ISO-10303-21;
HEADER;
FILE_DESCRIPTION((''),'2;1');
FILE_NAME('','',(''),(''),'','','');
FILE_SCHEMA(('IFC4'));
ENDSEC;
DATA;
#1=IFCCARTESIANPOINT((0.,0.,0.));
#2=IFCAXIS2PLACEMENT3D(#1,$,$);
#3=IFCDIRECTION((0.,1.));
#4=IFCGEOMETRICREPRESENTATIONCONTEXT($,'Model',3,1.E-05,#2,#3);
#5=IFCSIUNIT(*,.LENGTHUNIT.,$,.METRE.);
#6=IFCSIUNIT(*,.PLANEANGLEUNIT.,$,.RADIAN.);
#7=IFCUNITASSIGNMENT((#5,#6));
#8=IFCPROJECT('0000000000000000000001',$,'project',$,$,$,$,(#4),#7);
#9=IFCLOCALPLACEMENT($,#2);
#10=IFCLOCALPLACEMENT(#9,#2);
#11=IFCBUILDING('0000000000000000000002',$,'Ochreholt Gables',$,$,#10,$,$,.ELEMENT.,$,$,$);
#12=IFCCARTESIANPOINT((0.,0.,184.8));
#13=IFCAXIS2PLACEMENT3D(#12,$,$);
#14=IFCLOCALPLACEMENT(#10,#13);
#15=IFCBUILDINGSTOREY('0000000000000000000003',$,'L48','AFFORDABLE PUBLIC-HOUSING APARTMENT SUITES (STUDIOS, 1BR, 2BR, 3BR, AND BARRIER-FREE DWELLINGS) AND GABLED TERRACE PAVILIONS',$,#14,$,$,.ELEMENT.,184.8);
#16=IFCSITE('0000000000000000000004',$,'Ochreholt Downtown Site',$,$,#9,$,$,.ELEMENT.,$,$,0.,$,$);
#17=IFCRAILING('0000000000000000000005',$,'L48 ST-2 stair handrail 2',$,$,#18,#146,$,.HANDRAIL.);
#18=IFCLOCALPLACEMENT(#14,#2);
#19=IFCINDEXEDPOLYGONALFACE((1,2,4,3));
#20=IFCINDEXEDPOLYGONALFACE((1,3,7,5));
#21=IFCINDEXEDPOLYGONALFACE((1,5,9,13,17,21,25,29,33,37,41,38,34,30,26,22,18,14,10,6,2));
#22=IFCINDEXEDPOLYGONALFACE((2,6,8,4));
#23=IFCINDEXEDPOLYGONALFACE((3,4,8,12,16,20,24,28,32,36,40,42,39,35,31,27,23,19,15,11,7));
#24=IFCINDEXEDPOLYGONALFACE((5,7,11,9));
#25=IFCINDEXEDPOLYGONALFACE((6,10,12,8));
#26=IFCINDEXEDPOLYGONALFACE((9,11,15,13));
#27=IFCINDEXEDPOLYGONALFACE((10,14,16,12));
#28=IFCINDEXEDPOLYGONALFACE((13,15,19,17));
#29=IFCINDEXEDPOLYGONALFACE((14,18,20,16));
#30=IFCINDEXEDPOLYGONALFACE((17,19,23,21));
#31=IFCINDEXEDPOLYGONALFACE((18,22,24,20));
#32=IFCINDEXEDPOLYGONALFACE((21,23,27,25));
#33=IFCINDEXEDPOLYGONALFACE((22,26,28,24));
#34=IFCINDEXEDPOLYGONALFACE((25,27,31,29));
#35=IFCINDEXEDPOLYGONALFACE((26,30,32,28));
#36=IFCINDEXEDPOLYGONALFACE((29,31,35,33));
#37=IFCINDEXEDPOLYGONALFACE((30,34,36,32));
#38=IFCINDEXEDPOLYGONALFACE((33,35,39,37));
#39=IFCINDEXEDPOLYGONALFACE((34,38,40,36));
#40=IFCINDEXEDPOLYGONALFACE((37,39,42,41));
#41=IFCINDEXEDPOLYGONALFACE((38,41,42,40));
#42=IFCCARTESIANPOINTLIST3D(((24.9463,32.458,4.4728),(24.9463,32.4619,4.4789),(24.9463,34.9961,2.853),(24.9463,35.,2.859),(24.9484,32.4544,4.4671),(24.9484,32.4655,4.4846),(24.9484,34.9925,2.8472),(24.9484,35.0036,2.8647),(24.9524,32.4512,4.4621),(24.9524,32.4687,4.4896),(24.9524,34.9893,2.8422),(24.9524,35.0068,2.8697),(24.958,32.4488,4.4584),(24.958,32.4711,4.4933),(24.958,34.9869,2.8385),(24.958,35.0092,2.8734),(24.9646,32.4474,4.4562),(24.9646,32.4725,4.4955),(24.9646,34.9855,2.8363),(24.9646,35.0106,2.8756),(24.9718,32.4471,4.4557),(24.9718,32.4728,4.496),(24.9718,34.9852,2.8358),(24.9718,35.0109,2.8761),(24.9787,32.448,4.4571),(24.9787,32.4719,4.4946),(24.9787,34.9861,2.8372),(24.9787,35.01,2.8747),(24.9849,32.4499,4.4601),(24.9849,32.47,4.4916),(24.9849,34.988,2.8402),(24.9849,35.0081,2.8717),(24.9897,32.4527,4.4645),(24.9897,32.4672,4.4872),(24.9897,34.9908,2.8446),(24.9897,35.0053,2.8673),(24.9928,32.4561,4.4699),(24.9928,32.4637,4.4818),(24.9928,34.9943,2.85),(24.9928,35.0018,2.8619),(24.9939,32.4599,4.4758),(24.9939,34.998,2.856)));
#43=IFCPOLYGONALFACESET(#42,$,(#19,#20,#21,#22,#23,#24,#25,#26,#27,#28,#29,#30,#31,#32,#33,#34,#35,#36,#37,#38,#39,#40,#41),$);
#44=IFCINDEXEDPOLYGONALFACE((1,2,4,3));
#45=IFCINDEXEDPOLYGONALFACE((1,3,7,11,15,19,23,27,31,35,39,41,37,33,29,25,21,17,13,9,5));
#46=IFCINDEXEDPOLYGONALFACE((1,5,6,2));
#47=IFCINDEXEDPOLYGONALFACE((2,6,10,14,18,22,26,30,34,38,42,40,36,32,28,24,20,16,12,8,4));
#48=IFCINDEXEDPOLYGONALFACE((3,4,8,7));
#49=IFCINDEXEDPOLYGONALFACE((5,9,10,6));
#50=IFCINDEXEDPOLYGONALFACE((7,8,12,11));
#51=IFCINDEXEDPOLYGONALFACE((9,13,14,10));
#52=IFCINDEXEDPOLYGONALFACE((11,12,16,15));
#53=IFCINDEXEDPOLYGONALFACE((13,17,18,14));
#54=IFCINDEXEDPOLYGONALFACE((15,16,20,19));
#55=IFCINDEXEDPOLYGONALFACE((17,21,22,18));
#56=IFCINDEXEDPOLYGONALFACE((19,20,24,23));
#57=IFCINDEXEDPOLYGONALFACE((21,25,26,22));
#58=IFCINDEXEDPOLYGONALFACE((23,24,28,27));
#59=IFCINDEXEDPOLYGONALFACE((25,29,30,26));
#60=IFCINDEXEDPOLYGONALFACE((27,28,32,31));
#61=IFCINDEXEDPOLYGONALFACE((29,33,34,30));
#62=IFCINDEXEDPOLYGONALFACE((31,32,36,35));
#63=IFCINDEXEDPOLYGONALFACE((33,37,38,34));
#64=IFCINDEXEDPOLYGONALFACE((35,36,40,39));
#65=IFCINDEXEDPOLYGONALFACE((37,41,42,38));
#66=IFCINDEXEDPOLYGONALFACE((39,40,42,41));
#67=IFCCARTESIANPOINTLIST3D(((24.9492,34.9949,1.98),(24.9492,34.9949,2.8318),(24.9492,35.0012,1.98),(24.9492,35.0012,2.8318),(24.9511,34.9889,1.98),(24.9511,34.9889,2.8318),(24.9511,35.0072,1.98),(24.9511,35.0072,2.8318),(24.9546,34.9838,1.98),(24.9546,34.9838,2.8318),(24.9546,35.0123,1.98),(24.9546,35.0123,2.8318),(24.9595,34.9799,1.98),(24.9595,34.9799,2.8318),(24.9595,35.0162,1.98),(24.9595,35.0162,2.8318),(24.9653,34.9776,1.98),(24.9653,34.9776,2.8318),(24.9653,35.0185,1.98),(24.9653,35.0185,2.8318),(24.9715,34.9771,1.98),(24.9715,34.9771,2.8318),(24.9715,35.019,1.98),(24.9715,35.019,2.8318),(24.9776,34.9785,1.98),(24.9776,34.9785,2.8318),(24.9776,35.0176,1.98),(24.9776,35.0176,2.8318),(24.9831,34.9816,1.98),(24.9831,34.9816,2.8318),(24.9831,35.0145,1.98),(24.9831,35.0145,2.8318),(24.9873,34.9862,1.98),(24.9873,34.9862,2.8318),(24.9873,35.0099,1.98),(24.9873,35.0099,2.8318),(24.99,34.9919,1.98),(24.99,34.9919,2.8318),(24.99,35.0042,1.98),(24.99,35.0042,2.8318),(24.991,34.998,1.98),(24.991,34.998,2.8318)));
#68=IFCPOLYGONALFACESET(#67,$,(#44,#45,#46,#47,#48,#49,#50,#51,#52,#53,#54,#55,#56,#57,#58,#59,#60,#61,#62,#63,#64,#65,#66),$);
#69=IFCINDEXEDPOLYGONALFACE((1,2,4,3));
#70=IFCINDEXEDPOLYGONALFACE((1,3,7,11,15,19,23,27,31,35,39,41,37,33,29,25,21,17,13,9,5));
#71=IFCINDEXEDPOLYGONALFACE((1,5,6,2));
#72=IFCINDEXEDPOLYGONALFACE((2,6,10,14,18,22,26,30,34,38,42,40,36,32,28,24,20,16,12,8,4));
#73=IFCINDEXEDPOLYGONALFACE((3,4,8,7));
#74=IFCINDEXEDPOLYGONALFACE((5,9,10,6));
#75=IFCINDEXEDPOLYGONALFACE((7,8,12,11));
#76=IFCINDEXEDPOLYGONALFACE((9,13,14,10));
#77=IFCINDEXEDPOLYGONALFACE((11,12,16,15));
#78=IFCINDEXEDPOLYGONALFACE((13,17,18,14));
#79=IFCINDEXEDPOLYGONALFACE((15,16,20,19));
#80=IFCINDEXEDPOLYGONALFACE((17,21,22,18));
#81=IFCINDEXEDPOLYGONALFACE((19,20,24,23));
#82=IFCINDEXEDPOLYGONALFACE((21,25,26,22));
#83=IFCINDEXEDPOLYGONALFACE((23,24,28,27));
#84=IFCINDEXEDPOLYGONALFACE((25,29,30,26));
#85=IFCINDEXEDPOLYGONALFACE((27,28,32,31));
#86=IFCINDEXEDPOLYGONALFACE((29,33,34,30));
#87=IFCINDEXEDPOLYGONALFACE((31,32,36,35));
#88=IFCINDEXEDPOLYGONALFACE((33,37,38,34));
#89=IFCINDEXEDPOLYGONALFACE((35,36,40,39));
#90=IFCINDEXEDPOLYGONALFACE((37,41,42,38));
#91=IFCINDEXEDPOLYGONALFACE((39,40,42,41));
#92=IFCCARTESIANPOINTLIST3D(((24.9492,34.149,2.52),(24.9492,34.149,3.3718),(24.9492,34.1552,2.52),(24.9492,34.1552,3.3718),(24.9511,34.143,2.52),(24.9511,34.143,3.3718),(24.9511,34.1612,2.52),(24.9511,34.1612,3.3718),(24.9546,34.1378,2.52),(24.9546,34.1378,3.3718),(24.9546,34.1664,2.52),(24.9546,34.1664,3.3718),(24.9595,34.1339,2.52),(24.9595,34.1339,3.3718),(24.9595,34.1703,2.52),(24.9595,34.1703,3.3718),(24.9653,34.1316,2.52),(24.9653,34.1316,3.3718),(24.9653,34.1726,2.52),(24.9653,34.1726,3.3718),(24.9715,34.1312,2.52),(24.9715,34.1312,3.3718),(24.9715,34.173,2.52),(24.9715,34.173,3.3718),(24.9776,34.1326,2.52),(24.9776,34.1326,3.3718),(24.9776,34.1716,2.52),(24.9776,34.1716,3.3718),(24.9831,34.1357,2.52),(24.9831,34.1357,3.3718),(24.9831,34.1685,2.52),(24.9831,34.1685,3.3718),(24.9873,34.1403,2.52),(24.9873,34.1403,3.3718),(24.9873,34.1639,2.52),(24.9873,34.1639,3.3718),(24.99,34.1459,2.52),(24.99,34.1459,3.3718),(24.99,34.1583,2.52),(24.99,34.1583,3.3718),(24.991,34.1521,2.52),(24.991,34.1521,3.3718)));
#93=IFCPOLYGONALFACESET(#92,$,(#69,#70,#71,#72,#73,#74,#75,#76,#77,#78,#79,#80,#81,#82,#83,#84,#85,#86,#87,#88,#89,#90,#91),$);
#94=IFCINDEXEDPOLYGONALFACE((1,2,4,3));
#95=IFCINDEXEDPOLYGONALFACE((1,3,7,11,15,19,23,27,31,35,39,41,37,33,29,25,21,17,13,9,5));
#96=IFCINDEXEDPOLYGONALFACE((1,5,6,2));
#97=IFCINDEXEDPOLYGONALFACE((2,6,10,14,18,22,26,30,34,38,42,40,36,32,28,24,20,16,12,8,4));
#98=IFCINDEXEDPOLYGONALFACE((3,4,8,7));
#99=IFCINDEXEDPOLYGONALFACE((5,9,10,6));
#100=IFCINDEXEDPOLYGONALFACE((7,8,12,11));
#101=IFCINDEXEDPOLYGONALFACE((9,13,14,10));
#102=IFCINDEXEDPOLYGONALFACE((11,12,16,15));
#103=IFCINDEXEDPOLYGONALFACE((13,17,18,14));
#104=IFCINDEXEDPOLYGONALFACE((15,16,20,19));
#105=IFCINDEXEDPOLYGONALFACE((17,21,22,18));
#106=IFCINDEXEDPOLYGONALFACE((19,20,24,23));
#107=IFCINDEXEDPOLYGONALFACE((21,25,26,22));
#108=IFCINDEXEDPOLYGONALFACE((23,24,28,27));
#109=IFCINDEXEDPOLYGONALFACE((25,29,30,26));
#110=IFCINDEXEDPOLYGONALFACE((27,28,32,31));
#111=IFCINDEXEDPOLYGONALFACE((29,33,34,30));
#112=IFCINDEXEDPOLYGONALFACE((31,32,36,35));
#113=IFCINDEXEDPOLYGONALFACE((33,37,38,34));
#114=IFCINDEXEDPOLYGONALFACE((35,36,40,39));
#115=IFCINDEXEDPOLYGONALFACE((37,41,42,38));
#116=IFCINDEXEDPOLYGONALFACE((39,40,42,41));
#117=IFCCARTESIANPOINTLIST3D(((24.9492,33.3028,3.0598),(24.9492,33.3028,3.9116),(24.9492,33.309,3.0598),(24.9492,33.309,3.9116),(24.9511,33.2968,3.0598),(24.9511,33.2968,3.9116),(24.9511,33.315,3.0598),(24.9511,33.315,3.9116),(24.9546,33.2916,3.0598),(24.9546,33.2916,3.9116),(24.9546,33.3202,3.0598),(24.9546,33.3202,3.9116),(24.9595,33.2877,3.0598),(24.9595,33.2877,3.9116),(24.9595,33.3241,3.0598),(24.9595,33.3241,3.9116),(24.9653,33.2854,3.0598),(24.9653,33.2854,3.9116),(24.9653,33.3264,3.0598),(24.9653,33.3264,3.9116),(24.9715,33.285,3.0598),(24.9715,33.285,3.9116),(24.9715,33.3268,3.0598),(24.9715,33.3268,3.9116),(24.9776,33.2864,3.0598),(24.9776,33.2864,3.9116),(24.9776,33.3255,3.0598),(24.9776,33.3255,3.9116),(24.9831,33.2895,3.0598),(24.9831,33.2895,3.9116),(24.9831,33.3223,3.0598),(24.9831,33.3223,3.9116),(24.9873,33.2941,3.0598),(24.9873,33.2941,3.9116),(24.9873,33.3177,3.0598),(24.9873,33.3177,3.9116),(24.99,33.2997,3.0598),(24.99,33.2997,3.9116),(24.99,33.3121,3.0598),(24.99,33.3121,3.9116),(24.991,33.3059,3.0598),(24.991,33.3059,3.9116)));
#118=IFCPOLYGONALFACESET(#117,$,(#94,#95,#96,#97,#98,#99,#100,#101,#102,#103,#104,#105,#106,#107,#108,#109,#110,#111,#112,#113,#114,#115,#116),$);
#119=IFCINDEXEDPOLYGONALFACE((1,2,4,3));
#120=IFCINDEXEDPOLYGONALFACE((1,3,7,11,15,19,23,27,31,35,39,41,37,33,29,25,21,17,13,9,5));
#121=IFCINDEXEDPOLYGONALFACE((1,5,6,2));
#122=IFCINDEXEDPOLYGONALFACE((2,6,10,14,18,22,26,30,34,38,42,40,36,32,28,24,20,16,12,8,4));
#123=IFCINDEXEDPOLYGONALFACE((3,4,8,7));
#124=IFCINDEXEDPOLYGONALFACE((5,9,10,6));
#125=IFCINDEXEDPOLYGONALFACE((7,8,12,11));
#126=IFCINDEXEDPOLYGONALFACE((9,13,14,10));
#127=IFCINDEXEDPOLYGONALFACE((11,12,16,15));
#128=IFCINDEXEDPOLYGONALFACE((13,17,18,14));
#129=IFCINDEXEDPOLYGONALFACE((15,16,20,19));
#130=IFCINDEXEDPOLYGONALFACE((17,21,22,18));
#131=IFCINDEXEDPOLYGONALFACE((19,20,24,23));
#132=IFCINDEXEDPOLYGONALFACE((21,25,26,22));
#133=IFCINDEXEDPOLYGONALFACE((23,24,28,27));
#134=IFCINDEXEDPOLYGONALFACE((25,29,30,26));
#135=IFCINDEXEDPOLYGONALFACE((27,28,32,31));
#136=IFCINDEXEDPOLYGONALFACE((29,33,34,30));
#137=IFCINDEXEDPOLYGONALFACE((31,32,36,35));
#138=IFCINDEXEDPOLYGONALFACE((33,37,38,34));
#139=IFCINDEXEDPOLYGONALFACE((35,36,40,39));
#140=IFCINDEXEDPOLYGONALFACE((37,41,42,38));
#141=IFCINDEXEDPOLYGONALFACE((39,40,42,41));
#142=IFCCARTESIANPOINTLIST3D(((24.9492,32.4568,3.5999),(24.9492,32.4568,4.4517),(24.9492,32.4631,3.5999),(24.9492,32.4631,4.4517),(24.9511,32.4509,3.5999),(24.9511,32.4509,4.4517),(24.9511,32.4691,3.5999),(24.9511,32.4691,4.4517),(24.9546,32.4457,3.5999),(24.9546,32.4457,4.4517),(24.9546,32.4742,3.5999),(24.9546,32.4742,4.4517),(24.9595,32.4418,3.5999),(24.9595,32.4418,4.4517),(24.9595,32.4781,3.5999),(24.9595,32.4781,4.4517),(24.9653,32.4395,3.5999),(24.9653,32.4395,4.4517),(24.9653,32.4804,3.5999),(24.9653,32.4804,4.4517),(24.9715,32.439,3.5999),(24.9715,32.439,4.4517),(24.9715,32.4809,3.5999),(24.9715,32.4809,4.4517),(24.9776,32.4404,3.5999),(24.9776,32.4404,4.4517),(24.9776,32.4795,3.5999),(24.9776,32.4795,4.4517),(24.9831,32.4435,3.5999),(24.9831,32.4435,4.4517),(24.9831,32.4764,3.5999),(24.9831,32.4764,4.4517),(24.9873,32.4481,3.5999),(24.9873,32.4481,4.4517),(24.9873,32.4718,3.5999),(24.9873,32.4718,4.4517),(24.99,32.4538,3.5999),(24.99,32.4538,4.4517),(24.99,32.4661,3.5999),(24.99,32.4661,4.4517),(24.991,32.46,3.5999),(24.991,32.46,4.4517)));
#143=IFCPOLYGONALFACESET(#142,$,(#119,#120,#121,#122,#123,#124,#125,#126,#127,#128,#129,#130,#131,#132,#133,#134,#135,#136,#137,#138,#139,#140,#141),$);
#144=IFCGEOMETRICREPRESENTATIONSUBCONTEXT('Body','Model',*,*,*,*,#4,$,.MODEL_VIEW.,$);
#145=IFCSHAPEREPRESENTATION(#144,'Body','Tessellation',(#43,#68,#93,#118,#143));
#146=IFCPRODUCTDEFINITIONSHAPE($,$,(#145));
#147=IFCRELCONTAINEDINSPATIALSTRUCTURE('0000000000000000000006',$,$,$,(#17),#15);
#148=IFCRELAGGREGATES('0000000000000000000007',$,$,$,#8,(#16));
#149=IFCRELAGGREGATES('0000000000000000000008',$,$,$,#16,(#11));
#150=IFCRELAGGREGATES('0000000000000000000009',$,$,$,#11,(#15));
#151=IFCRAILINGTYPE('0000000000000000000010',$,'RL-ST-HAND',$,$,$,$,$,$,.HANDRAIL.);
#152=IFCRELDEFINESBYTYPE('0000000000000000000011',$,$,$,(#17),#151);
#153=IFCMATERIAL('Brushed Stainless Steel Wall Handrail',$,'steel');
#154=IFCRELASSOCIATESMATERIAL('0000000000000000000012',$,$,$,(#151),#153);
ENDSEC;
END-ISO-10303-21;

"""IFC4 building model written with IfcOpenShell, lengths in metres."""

from ifc_helpers import new_model, si_unit, direction, frame, origin, origin_2d, place, context, subcontext, project, spatial, circle, extrude, material, type_object, element, save


model = new_model("IFC4")

# Units and contexts
model_context = context("Model", 3, precision=1e-05, world=origin(), true_north=direction((0.0, 1.0)))
body_context = subcontext(model_context, "Body", "Model", "MODEL_VIEW")
ifc_project = project(units=[si_unit("LENGTHUNIT", "METRE"), si_unit("PLANEANGLEUNIT", "RADIAN")], contexts=[model_context])

# Site, building, storey
site_placement = place(None, origin())
site = spatial("IfcSite", under=ifc_project, at=site_placement, Name="Ochreholt Downtown Site", CompositionType="ELEMENT", RefElevation=0.0)
building_placement = place(site_placement, origin())
building = spatial("IfcBuilding", under=site, at=building_placement, Name="Ochreholt Gables", CompositionType="ELEMENT")
storey_placement = place(building_placement, frame((0.0, 0.0, 184.8)))
storey = spatial("IfcBuildingStorey", under=building, at=storey_placement, Name="L48", Description="AFFORDABLE PUBLIC-HOUSING APARTMENT SUITES (STUDIOS, 1BR, 2BR, 3BR, AND BARRIER-FREE DWELLINGS) AND GABLED TERRACE PAVILIONS", CompositionType="ELEMENT", Elevation=184.8)

# Railing
ifc_material_1 = material(Name="Brushed Stainless Steel Wall Handrail", Category="steel")
railing_type_1 = type_object("IfcRailingType", Name="RL-ST-HAND", PredefinedType="HANDRAIL", material=ifc_material_1)
railing_1_placement = place(storey_placement, frame((24.97, 34.998, 1.98)))
element("IfcRailing", 1, at=railing_1_placement, inside=storey, type_object=railing_type_1, Name="L48 ST-2 stair handrail 2", PredefinedType="HANDRAIL", context=body_context, shape_type="SweptSolid", body=[
    extrude(circle(Radius=0.0239, at=origin_2d()), frame((0.0, 0.0, 0.876), z_axis=(0.0, -0.84295, 0.537993), x_axis=(1.0, 0.0, 0.0)), (0.0, 0.0, 1.0), 3.011),
    extrude(circle(Radius=0.021, at=origin_2d()), origin(), (0.0, 0.0, 1.0), 0.8518),
    extrude(circle(Radius=0.021, at=origin_2d()), frame((0.0, -0.8459, 0.54)), (0.0, 0.0, 1.0), 0.8518),
    extrude(circle(Radius=0.021, at=origin_2d()), frame((0.0, -1.6921, 1.0798)), (0.0, 0.0, 1.0), 0.8518),
    extrude(circle(Radius=0.021, at=origin_2d()), frame((0.0, -2.5381, 1.6199)), (0.0, 0.0, 1.0), 0.8518),
])

save(model, "model.ifc")
